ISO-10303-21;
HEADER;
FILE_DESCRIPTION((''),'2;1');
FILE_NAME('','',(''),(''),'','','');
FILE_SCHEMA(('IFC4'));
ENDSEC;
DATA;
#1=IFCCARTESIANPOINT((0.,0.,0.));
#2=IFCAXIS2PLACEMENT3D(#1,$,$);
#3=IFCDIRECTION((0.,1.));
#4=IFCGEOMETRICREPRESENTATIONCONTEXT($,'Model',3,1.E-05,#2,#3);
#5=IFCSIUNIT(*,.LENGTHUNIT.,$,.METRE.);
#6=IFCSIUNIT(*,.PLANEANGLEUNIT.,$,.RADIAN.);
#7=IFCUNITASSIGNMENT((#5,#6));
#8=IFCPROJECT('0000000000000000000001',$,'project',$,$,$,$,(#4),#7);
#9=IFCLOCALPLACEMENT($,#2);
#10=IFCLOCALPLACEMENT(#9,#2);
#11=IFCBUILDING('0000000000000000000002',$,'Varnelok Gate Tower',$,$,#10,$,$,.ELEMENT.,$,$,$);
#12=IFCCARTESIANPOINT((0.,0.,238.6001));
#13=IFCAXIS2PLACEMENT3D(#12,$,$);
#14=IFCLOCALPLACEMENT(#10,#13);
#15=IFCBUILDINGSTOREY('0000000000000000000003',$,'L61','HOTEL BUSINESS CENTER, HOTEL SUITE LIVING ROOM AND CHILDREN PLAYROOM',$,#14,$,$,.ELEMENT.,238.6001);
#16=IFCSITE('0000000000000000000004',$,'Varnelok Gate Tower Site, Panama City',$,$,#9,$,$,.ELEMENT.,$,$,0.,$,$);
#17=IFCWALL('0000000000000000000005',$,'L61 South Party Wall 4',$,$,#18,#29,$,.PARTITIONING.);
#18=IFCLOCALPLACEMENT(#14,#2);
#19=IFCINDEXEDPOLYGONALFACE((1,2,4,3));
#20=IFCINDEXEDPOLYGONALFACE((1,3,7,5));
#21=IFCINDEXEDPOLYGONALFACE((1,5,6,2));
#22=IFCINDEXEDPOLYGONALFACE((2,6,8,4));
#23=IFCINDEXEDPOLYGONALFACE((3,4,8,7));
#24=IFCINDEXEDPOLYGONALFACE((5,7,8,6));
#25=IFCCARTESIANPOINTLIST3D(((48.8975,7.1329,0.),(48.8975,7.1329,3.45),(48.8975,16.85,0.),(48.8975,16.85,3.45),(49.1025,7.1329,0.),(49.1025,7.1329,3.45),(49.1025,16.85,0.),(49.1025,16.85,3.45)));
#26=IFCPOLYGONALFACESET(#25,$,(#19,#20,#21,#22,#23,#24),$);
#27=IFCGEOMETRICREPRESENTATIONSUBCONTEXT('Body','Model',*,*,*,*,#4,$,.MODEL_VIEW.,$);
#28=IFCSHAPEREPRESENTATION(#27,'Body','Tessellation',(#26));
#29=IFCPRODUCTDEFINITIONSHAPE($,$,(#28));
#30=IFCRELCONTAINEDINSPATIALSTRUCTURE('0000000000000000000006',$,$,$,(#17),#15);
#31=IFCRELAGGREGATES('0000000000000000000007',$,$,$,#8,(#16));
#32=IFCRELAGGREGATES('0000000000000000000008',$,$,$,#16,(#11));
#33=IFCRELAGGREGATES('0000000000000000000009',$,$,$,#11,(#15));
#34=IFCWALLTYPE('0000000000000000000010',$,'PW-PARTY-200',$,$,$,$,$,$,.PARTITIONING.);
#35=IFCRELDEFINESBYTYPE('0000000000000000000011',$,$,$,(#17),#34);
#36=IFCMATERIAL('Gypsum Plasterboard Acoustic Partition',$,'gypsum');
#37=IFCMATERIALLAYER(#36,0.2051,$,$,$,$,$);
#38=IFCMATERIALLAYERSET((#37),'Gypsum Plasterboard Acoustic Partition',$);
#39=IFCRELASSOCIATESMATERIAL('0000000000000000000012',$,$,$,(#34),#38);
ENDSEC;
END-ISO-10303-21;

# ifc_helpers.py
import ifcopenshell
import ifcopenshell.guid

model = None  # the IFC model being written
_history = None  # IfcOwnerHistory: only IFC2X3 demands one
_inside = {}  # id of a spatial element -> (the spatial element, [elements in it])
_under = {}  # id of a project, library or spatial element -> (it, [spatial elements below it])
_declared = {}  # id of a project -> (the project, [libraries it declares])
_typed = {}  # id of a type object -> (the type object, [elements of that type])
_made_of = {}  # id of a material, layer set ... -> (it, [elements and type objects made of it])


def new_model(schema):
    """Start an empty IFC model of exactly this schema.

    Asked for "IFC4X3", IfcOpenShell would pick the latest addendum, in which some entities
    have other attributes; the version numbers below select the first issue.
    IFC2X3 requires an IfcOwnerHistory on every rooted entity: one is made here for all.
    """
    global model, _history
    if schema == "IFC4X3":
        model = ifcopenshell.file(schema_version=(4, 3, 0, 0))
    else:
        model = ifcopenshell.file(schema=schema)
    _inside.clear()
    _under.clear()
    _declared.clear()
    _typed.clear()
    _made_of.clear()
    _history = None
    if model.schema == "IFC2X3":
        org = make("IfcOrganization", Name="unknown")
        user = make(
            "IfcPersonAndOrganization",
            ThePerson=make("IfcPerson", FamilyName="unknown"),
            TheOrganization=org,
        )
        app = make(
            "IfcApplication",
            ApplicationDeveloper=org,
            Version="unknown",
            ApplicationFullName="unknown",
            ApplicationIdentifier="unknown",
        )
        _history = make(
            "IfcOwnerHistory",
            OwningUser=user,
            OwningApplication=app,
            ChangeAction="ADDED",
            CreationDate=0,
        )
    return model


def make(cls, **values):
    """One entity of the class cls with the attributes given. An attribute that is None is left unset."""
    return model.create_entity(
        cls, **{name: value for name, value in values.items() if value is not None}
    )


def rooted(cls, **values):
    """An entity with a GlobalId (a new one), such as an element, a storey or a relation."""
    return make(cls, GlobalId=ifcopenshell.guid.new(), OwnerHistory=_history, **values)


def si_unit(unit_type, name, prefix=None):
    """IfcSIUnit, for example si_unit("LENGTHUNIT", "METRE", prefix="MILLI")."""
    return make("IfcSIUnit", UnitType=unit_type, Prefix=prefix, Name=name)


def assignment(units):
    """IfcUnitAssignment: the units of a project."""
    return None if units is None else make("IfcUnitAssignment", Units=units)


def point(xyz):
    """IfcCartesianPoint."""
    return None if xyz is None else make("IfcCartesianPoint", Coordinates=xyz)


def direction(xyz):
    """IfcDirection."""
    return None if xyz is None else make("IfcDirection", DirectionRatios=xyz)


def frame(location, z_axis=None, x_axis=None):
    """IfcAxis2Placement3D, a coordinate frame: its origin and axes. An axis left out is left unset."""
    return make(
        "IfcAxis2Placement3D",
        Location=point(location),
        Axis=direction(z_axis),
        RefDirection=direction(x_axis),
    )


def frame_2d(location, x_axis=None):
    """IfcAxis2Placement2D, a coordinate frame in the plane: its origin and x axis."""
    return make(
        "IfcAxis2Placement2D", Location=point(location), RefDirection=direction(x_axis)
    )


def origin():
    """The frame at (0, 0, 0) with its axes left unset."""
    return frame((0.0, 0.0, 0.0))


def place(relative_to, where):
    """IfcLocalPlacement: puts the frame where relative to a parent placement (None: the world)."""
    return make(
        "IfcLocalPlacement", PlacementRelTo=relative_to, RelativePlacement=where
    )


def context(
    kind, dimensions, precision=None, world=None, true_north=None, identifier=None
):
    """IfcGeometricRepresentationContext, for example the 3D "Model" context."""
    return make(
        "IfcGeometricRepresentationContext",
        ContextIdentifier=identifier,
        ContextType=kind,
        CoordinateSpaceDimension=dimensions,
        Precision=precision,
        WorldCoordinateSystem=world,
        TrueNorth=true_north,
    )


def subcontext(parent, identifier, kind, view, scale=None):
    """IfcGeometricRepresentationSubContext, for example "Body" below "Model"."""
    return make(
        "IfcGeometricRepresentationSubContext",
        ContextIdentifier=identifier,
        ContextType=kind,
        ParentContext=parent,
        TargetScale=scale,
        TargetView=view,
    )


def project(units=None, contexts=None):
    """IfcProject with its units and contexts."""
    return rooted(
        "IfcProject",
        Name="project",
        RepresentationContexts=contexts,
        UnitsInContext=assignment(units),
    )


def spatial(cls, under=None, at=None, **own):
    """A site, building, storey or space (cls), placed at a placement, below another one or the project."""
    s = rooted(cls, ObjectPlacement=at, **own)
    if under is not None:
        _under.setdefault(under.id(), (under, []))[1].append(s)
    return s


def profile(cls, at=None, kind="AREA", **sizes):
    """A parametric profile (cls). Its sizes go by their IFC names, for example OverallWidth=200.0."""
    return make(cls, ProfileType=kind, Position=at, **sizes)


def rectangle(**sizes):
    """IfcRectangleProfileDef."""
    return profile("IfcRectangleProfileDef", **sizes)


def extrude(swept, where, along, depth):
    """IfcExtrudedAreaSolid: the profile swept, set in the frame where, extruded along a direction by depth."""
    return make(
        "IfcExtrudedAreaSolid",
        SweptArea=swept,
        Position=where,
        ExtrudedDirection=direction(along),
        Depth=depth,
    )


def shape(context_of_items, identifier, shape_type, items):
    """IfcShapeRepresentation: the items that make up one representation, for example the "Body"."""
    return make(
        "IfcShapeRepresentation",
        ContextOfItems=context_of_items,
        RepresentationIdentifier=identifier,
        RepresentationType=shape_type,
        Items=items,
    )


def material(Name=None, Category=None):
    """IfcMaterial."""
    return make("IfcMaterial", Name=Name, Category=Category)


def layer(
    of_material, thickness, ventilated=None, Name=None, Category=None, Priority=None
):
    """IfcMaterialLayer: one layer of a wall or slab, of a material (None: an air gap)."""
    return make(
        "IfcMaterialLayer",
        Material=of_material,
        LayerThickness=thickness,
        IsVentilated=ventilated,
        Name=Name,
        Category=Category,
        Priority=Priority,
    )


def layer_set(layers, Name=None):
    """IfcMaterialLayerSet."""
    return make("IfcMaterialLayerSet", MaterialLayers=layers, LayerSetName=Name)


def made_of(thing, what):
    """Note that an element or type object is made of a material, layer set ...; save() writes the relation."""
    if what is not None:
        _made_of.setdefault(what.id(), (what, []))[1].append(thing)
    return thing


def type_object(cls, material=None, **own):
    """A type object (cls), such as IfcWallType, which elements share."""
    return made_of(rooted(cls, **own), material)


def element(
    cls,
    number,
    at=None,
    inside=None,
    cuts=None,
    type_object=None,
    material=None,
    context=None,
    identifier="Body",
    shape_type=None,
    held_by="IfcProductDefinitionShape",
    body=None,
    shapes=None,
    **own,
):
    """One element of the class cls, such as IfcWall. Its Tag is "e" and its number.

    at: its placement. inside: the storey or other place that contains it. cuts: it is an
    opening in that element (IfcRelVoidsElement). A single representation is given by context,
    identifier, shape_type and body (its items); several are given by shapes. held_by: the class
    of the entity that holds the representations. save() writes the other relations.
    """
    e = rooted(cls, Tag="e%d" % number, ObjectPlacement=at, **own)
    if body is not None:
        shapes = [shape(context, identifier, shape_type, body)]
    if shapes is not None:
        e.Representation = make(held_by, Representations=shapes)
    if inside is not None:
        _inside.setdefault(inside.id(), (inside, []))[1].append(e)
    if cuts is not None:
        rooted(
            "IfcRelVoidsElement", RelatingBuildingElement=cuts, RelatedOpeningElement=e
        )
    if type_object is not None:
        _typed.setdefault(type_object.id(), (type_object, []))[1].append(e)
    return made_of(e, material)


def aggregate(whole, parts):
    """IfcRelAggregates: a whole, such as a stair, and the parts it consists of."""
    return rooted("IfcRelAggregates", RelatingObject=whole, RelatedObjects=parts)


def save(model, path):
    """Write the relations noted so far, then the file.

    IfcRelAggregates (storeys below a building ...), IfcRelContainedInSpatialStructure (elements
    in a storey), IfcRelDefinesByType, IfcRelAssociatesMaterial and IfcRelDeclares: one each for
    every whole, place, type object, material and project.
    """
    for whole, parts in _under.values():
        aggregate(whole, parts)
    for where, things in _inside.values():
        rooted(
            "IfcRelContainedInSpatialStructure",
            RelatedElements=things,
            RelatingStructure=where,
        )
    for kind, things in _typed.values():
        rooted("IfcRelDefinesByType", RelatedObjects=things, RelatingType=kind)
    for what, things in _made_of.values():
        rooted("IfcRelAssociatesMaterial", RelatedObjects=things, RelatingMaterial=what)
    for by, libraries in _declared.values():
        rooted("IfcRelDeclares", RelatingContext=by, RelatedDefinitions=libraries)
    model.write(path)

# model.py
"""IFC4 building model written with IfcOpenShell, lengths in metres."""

from ifc_helpers import new_model, si_unit, direction, frame, frame_2d, origin, place, context, subcontext, project, spatial, rectangle, extrude, material, layer, layer_set, type_object, element, save


model = new_model("IFC4")

# Units and contexts
model_context = context("Model", 3, precision=1e-05, world=origin(), true_north=direction((0.0, 1.0)))
body_context = subcontext(model_context, "Body", "Model", "MODEL_VIEW")
ifc_project = project(units=[si_unit("LENGTHUNIT", "METRE"), si_unit("PLANEANGLEUNIT", "RADIAN")], contexts=[model_context])

# Site, building, storey
site_placement = place(None, origin())
site = spatial("IfcSite", under=ifc_project, at=site_placement, Name="Varnelok Gate Tower Site, Panama City", CompositionType="ELEMENT", RefElevation=0.0)
building_placement = place(site_placement, origin())
building = spatial("IfcBuilding", under=site, at=building_placement, Name="Varnelok Gate Tower", CompositionType="ELEMENT")
storey_placement = place(building_placement, frame((0.0, 0.0, 238.6001)))
storey = spatial("IfcBuildingStorey", under=building, at=storey_placement, Name="L61", Description="HOTEL BUSINESS CENTER, HOTEL SUITE LIVING ROOM AND CHILDREN PLAYROOM", CompositionType="ELEMENT", Elevation=238.6001)

# Shared definitions
ifc_material_1 = material(Name="Gypsum Plasterboard Acoustic Partition", Category="gypsum")

# Wall
ifc_layer_1 = layer(ifc_material_1, 0.2051)
ifc_layer_set_1 = layer_set([ifc_layer_1], Name="Gypsum Plasterboard Acoustic Partition")
wall_type_1 = type_object("IfcWallType", Name="PW-PARTY-200", PredefinedType="PARTITIONING", material=ifc_layer_set_1)
wall_1_placement = place(storey_placement, frame((49.0, 7.1331, 0.0), z_axis=(0.0, 0.0, 1.0), x_axis=(0.0, 1.0, 0.0)))
element("IfcWall", 1, at=wall_1_placement, inside=storey, type_object=wall_type_1, Name="L61 South Party Wall 4", PredefinedType="PARTITIONING", context=body_context, shape_type="SweptSolid", body=[
    extrude(rectangle(XDim=9.717, YDim=0.2051, at=frame_2d((4.8584, 0.0))), origin(), (0.0, 0.0, 1.0), 3.45),
])

save(model, "model.ifc")
